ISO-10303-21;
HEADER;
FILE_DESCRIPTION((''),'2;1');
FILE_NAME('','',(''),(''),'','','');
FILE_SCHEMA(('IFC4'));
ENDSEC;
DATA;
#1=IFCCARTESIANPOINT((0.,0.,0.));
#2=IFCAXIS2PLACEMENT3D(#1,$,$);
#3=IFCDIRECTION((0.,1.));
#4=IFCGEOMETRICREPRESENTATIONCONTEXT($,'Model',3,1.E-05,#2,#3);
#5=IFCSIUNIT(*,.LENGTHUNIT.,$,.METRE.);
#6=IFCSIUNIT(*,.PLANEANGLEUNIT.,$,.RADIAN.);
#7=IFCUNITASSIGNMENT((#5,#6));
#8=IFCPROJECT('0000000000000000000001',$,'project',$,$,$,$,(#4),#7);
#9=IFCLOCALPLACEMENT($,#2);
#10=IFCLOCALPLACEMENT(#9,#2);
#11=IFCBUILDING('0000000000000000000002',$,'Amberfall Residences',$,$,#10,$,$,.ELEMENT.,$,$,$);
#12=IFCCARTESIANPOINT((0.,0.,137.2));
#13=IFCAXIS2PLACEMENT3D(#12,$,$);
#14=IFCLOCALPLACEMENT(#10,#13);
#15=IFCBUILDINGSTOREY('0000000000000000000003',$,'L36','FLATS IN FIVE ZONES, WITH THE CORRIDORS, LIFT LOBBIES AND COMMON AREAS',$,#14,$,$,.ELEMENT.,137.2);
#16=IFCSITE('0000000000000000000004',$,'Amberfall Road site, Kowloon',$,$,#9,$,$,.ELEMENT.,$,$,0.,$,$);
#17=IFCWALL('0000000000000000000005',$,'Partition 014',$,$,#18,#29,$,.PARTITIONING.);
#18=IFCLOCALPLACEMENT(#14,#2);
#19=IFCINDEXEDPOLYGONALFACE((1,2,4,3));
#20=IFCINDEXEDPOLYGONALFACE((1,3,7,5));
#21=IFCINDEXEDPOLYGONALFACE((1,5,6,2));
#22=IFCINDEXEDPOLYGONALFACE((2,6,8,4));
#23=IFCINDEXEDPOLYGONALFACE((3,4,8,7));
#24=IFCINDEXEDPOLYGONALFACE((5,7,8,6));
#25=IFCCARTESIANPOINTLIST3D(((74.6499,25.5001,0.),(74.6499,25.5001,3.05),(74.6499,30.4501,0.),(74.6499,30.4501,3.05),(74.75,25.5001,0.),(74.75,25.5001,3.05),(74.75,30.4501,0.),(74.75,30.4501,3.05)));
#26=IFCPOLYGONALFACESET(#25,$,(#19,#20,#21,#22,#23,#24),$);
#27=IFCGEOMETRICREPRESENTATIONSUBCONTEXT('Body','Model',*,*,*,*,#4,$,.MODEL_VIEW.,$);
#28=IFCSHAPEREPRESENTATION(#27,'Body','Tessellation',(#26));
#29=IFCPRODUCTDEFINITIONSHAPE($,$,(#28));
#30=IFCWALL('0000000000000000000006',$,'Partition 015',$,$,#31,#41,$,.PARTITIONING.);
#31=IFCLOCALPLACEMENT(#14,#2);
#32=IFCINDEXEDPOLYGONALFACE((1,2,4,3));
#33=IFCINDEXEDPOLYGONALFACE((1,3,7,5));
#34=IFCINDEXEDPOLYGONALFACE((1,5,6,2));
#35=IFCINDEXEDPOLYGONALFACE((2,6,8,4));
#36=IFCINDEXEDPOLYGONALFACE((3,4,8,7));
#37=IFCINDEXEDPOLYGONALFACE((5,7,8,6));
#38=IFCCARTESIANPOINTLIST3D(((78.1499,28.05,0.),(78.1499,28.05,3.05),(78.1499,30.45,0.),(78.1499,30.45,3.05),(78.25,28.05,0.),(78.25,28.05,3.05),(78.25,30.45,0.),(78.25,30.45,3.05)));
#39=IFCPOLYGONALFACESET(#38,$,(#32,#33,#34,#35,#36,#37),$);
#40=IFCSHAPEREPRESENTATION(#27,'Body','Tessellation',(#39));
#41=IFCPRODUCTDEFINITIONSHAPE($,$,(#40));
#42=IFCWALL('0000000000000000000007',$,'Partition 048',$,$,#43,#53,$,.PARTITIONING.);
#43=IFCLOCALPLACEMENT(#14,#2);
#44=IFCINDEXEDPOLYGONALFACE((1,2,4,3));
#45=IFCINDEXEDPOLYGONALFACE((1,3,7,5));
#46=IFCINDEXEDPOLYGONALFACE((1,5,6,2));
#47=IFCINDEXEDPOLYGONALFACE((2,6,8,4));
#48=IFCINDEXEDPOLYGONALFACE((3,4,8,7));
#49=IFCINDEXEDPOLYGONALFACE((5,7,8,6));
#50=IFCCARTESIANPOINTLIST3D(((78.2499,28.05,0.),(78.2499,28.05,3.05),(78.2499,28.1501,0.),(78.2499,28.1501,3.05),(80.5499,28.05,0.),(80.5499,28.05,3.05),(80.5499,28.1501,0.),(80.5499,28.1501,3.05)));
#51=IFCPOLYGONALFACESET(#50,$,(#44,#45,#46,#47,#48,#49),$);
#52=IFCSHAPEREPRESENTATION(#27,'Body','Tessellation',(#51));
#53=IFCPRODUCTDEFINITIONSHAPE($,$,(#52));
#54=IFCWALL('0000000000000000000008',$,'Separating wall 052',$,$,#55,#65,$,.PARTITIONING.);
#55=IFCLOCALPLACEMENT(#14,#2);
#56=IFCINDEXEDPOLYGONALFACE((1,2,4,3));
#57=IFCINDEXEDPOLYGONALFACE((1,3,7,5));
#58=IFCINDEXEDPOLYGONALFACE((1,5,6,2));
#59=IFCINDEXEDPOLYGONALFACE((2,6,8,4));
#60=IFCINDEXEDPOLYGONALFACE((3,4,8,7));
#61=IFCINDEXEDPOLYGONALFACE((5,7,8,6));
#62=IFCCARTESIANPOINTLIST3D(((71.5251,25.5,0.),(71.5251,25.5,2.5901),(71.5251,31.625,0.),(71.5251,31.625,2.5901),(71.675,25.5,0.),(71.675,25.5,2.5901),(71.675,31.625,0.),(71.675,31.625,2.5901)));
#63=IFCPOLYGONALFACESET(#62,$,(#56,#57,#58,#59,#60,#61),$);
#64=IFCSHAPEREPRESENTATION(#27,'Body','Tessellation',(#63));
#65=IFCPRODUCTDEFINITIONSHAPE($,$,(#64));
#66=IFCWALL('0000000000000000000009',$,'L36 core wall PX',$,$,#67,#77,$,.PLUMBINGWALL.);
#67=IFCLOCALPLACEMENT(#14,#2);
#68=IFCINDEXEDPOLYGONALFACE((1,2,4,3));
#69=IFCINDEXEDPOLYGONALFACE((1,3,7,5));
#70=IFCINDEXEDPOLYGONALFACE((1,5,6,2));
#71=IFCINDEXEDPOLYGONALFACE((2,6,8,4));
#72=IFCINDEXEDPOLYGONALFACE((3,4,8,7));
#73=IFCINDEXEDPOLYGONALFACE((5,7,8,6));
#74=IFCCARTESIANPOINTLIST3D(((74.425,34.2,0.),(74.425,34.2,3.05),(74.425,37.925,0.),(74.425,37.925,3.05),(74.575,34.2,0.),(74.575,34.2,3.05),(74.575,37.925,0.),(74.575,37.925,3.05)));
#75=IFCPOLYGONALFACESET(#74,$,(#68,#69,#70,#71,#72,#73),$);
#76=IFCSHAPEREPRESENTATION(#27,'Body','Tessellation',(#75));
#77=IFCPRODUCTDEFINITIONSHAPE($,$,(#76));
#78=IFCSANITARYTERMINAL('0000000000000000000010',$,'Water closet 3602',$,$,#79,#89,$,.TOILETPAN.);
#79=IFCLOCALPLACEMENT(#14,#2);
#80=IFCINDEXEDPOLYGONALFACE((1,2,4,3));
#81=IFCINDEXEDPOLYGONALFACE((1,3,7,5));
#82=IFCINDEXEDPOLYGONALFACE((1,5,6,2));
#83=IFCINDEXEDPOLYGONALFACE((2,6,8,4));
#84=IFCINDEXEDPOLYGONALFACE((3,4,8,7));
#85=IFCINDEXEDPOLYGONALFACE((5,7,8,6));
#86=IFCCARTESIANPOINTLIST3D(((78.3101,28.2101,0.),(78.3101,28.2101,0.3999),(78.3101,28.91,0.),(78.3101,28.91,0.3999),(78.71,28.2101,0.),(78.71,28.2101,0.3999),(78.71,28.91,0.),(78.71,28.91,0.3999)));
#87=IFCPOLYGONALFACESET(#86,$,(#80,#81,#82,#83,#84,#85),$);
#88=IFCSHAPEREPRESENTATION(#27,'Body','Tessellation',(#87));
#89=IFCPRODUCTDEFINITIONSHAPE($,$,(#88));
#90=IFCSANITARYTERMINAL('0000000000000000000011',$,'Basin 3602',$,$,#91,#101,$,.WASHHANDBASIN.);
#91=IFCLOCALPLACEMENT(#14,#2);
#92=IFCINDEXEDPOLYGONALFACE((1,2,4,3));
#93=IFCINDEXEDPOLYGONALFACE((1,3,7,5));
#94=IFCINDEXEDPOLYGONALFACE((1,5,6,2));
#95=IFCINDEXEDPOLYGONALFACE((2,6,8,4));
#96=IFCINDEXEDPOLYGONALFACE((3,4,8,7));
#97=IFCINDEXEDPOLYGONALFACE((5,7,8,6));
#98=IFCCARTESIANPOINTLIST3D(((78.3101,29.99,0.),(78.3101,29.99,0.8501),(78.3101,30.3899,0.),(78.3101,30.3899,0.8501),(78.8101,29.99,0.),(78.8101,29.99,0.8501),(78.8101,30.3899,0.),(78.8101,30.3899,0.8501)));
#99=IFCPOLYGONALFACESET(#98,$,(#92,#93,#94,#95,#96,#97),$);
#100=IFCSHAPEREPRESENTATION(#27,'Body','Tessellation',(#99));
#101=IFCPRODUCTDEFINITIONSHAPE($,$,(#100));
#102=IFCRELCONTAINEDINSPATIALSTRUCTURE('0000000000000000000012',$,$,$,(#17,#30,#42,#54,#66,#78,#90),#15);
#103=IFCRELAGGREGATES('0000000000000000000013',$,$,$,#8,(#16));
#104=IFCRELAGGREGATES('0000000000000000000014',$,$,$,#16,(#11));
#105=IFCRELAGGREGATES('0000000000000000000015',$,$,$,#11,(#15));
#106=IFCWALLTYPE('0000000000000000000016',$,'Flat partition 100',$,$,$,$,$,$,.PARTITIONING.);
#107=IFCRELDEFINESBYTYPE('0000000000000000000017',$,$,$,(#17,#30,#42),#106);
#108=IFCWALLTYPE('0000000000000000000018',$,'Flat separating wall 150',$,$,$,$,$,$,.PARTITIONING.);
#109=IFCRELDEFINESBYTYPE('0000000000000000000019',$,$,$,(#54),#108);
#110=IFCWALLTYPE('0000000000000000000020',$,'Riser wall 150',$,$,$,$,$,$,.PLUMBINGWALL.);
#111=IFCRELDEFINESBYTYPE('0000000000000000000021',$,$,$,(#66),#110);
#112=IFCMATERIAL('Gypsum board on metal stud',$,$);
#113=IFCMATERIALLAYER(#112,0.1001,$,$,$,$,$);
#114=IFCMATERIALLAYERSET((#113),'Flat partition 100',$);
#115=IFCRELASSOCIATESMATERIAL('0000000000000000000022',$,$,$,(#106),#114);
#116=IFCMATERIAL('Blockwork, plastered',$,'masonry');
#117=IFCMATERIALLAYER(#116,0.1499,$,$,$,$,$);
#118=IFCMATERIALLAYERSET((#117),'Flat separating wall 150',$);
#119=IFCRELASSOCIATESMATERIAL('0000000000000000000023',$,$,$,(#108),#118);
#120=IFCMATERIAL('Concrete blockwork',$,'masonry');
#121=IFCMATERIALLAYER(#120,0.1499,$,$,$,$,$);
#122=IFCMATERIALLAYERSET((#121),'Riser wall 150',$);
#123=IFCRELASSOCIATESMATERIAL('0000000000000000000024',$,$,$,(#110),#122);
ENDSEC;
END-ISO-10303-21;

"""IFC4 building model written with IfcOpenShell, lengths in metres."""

from ifc_helpers import new_model, si_unit, direction, frame, frame_2d, origin, origin_2d, place, context, subcontext, project, spatial, rectangle, extrude, material, layer, layer_set, type_object, element, save


model = new_model("IFC4")

# Units and contexts
model_context = context("Model", 3, precision=1e-05, world=origin(), true_north=direction((0.0, 1.0)))
body_context = subcontext(model_context, "Body", "Model", "MODEL_VIEW")
ifc_project = project(units=[si_unit("LENGTHUNIT", "METRE"), si_unit("PLANEANGLEUNIT", "RADIAN")], contexts=[model_context])

# Site, building, storey
site_placement = place(None, origin())
site = spatial("IfcSite", under=ifc_project, at=site_placement, Name="Amberfall Road site, Kowloon", CompositionType="ELEMENT", RefElevation=0.0)
building_placement = place(site_placement, origin())
building = spatial("IfcBuilding", under=site, at=building_placement, Name="Amberfall Residences", CompositionType="ELEMENT")
storey_placement = place(building_placement, frame((0.0, 0.0, 137.2)))
storey = spatial("IfcBuildingStorey", under=building, at=storey_placement, Name="L36", Description="FLATS IN FIVE ZONES, WITH THE CORRIDORS, LIFT LOBBIES AND COMMON AREAS", CompositionType="ELEMENT", Elevation=137.2)

# Walls
ifc_material_1 = material(Name="Gypsum board on metal stud")
ifc_layer_1 = layer(ifc_material_1, 0.1001)
ifc_layer_set_1 = layer_set([ifc_layer_1], Name="Flat partition 100")
wall_type_1 = type_object("IfcWallType", Name="Flat partition 100", PredefinedType="PARTITIONING", material=ifc_layer_set_1)
wall_1_placement = place(storey_placement, frame((74.7, 25.5, 0.0), z_axis=(0.0, 0.0, 1.0), x_axis=(0.0, 1.0, 0.0)))
element("IfcWall", 1, at=wall_1_placement, inside=storey, type_object=wall_type_1, Name="Partition 014", PredefinedType="PARTITIONING", context=body_context, shape_type="SweptSolid", body=[
    extrude(rectangle(XDim=4.95, YDim=0.1001, at=frame_2d((2.4751, 0.0))), origin(), (0.0, 0.0, 1.0), 3.05),
])
wall_2_placement = place(storey_placement, frame((78.2, 28.05, 0.0), z_axis=(0.0, 0.0, 1.0), x_axis=(0.0, 1.0, 0.0)))
element("IfcWall", 2, at=wall_2_placement, inside=storey, type_object=wall_type_1, Name="Partition 015", PredefinedType="PARTITIONING", context=body_context, shape_type="SweptSolid", body=[
    extrude(rectangle(XDim=2.3999, YDim=0.1001, at=frame_2d((1.2, 0.0))), origin(), (0.0, 0.0, 1.0), 3.05),
])
wall_3_placement = place(storey_placement, frame((78.25, 28.1001, 0.0), z_axis=(0.0, 0.0, 1.0), x_axis=(1.0, 0.0, 0.0)))
element("IfcWall", 3, at=wall_3_placement, inside=storey, type_object=wall_type_1, Name="Partition 048", PredefinedType="PARTITIONING", context=body_context, shape_type="SweptSolid", body=[
    extrude(rectangle(XDim=2.3, YDim=0.1001, at=frame_2d((1.1499, 0.0))), origin(), (0.0, 0.0, 1.0), 3.05),
])
ifc_material_2 = material(Name="Blockwork, plastered", Category="masonry")
ifc_layer_2 = layer(ifc_material_2, 0.1499)
ifc_layer_set_2 = layer_set([ifc_layer_2], Name="Flat separating wall 150")
wall_type_2 = type_object("IfcWallType", Name="Flat separating wall 150", PredefinedType="PARTITIONING", material=ifc_layer_set_2)
wall_4_placement = place(storey_placement, frame((71.6001, 25.5, 0.0), z_axis=(0.0, 0.0, 1.0), x_axis=(0.0, 1.0, 0.0)))
element("IfcWall", 4, at=wall_4_placement, inside=storey, type_object=wall_type_2, Name="Separating wall 052", PredefinedType="PARTITIONING", context=body_context, shape_type="SweptSolid", body=[
    extrude(rectangle(XDim=6.125, YDim=0.1499, at=frame_2d((3.0625, 0.0))), origin(), (0.0, 0.0, 1.0), 2.5901),
])
ifc_material_3 = material(Name="Concrete blockwork", Category="masonry")
ifc_layer_3 = layer(ifc_material_3, 0.1499)
ifc_layer_set_3 = layer_set([ifc_layer_3], Name="Riser wall 150")
wall_type_3 = type_object("IfcWallType", Name="Riser wall 150", PredefinedType="PLUMBINGWALL", material=ifc_layer_set_3)
wall_5_placement = place(storey_placement, frame((74.5, 34.2, 0.0), z_axis=(0.0, 0.0, 1.0), x_axis=(0.0, 1.0, 0.0)))
element("IfcWall", 5, at=wall_5_placement, inside=storey, type_object=wall_type_3, Name="L36 core wall PX", PredefinedType="PLUMBINGWALL", context=body_context, shape_type="SweptSolid", body=[
    extrude(rectangle(XDim=3.7251, YDim=0.1499, at=frame_2d((1.8625, 0.0))), origin(), (0.0, 0.0, 1.0), 3.05),
])

# Sanitary terminals
sanitary_terminal_1_placement = place(storey_placement, frame((78.51, 28.5601, 0.0), z_axis=(0.0, 0.0, 1.0), x_axis=(1.0, 0.0, 0.0)))
element("IfcSanitaryTerminal", 6, at=sanitary_terminal_1_placement, inside=storey, Name="Water closet 3602", PredefinedType="TOILETPAN", context=body_context, shape_type="SweptSolid", body=[
    extrude(rectangle(XDim=0.3999, YDim=0.7, at=origin_2d()), origin(), (0.0, 0.0, 1.0), 0.3999),
])
sanitary_terminal_2_placement = place(storey_placement, frame((78.5601, 30.1899, 0.0), z_axis=(0.0, 0.0, 1.0), x_axis=(1.0, 0.0, 0.0)))
element("IfcSanitaryTerminal", 7, at=sanitary_terminal_2_placement, inside=storey, Name="Basin 3602", PredefinedType="WASHHANDBASIN", context=body_context, shape_type="SweptSolid", body=[
    extrude(rectangle(XDim=0.5, YDim=0.3999, at=origin_2d()), origin(), (0.0, 0.0, 1.0), 0.8501),
])

save(model, "model.ifc")
